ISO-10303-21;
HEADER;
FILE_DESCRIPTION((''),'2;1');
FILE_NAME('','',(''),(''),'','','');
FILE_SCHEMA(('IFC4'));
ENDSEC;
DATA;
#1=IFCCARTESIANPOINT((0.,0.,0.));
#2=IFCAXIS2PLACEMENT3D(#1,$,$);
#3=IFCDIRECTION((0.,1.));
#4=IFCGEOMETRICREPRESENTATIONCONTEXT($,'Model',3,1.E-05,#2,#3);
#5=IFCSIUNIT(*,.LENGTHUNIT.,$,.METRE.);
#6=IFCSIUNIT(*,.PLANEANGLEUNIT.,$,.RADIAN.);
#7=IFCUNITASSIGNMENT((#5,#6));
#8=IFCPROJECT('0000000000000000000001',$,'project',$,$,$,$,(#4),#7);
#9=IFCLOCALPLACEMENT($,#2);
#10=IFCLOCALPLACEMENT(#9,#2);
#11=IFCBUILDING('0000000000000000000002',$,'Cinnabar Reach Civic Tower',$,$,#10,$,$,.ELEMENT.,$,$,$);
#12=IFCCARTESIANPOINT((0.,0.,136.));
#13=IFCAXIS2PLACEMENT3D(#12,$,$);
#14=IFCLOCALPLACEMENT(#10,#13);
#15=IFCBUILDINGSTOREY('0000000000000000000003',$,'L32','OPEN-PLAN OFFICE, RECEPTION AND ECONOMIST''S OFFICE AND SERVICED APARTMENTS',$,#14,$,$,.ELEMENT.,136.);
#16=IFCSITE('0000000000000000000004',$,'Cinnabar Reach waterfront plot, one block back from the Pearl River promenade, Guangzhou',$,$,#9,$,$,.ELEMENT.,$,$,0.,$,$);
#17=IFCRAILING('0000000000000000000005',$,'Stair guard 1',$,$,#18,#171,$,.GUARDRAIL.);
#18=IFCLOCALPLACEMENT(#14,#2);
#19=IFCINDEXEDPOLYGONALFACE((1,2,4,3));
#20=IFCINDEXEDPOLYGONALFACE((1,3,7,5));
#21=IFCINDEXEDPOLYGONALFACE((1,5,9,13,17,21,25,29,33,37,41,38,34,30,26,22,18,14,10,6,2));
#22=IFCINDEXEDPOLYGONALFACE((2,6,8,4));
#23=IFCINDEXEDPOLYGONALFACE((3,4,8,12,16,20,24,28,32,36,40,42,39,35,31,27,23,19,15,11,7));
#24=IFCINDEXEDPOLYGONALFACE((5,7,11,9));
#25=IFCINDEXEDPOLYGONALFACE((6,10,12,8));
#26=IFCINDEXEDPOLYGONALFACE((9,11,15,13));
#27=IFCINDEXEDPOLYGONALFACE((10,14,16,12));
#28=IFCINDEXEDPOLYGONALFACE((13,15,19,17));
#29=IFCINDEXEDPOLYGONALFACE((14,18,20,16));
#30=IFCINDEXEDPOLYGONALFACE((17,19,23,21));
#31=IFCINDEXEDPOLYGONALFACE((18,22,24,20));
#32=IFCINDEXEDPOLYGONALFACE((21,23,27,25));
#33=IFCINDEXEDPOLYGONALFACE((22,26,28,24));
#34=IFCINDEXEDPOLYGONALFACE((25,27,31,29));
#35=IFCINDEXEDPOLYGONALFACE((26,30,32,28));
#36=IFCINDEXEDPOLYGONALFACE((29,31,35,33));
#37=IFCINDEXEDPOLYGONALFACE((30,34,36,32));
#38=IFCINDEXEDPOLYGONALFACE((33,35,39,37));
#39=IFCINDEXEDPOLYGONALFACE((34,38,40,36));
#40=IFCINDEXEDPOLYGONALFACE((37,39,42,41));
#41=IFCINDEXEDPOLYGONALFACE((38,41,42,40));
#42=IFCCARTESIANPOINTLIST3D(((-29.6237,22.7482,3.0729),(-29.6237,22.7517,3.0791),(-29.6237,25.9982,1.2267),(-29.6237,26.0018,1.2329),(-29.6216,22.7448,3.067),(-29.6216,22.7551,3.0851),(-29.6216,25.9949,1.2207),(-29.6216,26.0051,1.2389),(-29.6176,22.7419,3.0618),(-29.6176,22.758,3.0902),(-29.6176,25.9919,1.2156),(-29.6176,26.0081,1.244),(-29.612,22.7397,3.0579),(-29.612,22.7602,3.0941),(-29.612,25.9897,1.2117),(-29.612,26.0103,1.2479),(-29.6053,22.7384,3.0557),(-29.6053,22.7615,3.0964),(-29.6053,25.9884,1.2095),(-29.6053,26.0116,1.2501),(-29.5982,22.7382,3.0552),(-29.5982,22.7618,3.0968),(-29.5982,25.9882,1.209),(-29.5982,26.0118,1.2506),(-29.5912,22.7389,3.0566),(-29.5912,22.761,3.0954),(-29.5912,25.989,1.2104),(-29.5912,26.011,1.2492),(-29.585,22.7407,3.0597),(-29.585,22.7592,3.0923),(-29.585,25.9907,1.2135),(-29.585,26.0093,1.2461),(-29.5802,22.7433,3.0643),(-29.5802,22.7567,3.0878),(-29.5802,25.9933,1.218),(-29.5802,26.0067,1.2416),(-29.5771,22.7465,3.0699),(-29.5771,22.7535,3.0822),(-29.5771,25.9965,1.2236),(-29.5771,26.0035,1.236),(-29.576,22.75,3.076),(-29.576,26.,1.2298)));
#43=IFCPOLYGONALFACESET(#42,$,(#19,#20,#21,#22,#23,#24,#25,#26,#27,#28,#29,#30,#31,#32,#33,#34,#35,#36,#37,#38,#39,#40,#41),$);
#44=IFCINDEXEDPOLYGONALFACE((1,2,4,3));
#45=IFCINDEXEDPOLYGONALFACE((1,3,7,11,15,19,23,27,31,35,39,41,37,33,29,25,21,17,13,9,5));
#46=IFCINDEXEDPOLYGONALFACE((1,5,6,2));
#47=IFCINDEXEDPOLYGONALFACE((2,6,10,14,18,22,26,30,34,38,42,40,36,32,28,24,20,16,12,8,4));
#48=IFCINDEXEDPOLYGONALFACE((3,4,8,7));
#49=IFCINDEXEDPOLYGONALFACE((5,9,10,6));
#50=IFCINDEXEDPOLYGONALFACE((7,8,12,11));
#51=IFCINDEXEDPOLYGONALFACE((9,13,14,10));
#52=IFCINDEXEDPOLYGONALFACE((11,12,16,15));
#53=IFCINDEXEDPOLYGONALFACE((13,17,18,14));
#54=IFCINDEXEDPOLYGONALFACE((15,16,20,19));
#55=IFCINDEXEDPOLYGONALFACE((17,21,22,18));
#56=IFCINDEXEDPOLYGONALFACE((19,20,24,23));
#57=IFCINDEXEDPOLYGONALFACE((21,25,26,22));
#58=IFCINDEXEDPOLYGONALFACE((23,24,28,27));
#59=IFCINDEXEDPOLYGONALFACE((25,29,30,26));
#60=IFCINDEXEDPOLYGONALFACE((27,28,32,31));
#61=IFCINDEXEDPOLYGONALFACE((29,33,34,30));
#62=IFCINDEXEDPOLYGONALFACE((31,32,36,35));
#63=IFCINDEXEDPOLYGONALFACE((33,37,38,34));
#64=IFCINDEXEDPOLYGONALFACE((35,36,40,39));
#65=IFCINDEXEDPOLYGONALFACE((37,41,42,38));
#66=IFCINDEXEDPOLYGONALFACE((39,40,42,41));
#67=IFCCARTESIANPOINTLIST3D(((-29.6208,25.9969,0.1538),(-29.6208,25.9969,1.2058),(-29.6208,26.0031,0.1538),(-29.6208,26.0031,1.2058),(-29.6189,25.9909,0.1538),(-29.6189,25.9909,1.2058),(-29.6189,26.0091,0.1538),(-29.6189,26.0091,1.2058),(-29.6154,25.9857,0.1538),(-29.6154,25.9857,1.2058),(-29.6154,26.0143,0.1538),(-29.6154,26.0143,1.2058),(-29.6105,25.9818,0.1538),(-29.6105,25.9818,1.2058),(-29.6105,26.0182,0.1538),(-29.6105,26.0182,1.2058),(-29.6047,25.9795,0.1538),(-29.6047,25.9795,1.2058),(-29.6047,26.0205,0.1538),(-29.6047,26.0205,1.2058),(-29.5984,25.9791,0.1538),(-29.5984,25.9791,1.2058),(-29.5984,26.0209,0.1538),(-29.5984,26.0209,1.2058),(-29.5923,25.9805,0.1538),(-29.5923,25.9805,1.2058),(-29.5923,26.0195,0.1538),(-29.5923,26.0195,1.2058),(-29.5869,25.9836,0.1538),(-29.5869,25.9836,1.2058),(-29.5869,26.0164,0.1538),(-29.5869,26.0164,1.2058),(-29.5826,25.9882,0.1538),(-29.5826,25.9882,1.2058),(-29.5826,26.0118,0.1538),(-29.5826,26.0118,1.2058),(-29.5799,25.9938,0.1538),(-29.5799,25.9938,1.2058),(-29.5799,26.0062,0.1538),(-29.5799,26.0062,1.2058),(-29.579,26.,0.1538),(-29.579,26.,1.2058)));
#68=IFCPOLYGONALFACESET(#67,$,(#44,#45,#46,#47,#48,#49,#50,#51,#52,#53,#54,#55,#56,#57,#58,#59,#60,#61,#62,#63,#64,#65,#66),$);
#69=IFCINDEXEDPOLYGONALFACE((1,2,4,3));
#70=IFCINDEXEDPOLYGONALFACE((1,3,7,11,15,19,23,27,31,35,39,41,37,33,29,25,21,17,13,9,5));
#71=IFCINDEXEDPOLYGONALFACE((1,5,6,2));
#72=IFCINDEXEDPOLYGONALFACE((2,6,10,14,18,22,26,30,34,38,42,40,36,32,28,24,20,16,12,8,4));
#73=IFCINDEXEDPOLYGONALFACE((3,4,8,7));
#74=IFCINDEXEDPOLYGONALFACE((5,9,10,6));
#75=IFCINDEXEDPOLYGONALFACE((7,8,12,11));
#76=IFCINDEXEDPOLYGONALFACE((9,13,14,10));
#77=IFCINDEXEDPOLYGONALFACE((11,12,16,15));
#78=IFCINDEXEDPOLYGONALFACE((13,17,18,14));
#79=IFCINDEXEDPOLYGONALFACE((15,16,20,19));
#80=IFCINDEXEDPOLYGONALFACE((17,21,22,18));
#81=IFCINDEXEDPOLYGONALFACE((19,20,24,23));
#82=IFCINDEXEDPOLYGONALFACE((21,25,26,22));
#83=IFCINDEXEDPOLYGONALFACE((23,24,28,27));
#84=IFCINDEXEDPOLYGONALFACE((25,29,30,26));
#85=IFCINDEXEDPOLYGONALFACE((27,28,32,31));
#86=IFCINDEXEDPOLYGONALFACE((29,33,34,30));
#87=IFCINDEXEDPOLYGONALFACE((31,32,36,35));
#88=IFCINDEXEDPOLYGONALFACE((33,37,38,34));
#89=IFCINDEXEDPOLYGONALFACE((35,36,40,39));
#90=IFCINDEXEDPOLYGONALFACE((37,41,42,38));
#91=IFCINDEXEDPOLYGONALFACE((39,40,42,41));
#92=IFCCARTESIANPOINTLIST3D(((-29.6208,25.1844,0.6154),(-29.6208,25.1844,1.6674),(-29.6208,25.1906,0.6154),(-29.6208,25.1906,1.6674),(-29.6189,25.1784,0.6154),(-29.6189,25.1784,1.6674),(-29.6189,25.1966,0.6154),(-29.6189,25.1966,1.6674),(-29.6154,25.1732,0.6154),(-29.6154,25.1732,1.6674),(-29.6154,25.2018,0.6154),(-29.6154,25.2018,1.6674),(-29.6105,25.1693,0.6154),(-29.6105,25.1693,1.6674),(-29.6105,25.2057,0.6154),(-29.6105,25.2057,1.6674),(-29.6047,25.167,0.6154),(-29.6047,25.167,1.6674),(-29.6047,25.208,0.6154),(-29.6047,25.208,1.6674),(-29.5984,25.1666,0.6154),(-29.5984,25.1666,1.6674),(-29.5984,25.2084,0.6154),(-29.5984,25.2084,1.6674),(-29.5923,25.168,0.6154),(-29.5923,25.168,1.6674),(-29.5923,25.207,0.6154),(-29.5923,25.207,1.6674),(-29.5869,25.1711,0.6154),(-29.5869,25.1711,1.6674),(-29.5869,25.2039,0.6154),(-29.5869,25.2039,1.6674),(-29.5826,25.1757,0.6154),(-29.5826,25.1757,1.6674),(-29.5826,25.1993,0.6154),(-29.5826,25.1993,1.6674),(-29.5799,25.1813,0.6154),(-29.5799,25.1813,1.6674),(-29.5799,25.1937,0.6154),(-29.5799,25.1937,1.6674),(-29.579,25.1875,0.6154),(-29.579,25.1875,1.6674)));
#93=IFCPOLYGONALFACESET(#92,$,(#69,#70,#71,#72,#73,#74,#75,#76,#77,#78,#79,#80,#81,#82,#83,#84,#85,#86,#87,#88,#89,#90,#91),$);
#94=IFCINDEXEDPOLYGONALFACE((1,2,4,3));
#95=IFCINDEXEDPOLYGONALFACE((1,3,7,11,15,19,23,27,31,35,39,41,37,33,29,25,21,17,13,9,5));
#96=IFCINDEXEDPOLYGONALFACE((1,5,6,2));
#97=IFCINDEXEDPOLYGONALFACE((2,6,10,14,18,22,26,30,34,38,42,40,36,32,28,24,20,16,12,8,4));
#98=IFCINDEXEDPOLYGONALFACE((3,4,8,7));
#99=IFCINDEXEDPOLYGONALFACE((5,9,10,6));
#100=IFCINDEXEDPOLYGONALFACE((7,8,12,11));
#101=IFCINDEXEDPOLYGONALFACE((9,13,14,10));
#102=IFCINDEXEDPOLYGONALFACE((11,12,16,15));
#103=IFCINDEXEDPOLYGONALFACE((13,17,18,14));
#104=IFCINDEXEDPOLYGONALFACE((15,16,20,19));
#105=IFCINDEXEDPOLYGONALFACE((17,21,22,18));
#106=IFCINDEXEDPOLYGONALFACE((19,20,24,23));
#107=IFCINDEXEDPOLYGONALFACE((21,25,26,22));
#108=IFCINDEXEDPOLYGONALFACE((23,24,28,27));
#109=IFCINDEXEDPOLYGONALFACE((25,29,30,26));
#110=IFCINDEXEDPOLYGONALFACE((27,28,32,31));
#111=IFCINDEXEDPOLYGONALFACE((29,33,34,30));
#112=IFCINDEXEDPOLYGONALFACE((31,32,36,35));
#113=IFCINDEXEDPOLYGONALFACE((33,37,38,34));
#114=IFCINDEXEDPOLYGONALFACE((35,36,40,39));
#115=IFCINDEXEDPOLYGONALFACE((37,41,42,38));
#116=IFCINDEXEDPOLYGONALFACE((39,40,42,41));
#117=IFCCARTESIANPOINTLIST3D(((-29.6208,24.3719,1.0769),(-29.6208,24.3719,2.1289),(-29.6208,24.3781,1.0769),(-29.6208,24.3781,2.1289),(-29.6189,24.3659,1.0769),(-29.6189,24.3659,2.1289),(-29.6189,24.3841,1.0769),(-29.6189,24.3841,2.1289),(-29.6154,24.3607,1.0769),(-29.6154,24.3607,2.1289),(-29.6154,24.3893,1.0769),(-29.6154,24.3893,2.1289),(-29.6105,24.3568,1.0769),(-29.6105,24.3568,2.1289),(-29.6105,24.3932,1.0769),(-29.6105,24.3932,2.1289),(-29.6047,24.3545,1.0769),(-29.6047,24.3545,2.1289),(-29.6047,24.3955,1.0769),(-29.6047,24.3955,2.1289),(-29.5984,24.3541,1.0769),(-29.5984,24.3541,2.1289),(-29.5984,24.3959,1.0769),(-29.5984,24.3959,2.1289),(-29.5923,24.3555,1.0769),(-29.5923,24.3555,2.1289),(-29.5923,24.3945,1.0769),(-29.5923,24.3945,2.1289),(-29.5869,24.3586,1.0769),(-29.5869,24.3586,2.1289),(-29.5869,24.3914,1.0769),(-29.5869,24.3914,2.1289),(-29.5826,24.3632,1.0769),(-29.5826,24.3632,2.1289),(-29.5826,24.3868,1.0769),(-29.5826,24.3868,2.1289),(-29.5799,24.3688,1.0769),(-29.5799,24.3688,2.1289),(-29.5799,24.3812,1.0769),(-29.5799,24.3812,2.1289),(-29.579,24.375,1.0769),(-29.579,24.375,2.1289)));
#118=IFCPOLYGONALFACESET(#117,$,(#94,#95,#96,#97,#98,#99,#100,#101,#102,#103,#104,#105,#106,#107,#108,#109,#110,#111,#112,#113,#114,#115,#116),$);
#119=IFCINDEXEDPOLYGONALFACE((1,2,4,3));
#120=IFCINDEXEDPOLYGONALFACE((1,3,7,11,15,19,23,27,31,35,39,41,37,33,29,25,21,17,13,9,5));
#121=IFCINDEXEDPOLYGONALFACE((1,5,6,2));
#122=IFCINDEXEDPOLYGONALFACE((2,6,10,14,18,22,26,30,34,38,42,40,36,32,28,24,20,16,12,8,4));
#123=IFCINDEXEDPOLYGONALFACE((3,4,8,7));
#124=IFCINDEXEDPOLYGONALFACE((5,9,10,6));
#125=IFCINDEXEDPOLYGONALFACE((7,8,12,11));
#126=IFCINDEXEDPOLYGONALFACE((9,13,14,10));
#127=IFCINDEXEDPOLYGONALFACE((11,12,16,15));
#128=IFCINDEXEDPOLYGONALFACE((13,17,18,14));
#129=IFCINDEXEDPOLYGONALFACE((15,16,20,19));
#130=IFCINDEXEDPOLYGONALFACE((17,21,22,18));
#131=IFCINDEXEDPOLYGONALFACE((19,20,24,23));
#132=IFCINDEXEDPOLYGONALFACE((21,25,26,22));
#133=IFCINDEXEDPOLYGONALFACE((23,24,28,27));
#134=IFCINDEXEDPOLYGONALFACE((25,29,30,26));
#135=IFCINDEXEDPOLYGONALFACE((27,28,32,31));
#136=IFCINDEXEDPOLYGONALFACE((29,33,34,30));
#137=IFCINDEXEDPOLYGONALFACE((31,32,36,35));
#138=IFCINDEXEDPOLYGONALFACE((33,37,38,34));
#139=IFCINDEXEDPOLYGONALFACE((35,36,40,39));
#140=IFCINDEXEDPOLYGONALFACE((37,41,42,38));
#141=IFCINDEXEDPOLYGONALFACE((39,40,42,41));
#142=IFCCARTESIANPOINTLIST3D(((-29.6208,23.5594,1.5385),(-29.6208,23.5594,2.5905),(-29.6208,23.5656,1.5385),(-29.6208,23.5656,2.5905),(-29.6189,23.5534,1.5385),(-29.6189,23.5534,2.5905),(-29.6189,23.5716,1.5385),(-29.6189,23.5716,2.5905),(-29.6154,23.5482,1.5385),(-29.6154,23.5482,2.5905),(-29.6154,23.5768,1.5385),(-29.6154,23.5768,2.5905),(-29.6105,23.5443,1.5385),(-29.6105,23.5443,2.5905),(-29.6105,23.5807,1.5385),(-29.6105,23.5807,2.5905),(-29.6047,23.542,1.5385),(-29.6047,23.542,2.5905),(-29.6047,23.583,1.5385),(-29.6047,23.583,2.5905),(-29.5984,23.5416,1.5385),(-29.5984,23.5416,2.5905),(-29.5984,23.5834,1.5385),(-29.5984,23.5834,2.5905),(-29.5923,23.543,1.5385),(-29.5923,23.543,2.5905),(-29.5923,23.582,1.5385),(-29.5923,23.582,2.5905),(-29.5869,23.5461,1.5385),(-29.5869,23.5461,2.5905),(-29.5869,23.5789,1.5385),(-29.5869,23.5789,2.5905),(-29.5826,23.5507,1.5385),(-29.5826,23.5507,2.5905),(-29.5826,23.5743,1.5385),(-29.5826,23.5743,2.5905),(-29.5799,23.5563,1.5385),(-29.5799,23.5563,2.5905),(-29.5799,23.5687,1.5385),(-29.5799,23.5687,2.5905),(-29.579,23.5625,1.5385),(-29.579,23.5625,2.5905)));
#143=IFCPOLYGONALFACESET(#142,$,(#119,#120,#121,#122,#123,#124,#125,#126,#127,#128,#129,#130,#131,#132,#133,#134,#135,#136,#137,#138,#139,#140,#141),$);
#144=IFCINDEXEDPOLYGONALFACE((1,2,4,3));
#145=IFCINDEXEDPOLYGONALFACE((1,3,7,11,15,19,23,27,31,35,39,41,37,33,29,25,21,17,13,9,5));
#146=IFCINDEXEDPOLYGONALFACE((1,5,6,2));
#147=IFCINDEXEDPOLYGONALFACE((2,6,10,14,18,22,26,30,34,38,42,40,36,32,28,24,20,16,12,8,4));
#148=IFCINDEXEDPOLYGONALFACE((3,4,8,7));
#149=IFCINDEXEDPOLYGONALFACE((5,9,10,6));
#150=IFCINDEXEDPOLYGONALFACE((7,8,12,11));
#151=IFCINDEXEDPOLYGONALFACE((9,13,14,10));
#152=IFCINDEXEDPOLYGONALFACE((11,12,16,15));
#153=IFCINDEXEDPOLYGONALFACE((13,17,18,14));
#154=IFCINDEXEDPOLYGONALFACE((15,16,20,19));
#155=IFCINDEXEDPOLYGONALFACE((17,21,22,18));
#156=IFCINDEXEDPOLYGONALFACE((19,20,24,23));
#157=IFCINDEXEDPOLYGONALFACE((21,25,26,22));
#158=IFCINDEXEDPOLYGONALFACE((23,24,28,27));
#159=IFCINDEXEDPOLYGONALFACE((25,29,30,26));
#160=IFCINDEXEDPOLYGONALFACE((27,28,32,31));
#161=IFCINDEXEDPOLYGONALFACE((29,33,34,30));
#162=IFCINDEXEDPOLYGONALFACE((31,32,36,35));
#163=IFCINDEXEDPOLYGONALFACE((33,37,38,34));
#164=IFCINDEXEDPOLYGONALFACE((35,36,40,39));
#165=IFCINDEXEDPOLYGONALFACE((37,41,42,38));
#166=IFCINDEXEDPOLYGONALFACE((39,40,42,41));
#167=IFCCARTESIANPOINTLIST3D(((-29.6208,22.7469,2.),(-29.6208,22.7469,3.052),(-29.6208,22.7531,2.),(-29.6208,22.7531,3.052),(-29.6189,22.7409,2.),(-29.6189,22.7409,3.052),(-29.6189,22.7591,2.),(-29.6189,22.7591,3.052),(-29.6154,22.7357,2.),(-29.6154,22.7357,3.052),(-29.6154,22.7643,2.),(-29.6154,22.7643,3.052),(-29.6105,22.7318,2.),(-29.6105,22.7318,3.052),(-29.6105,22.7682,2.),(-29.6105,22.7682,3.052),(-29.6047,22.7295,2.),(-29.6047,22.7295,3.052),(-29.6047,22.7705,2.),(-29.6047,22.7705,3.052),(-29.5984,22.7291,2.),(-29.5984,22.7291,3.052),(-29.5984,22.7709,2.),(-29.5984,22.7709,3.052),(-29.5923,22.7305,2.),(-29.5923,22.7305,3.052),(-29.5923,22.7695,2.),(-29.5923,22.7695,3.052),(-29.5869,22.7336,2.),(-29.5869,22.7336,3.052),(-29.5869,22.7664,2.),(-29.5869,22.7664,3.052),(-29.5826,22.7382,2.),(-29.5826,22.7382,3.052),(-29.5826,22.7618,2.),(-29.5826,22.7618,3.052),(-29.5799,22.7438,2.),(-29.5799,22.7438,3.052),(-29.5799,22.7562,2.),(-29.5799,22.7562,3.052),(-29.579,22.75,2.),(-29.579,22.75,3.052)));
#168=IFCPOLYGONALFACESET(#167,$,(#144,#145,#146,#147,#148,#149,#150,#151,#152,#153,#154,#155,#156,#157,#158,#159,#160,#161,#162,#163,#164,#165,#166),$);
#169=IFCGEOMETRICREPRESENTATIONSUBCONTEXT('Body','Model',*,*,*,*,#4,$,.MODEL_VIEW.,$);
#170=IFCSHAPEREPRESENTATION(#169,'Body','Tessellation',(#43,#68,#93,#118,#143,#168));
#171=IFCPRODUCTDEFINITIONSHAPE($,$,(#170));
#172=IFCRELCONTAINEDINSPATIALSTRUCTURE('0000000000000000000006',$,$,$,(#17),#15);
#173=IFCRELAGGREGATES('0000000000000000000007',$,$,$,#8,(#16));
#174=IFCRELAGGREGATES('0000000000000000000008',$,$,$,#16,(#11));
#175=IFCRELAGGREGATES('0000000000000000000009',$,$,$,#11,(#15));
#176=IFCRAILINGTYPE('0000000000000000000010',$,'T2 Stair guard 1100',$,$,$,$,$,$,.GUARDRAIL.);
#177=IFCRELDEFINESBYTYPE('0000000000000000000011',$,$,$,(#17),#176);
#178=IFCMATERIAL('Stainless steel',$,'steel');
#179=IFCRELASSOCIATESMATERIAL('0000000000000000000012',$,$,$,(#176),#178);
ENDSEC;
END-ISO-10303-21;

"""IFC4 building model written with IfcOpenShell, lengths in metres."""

from ifc_helpers import new_model, si_unit, direction, frame, origin, origin_2d, place, context, subcontext, project, spatial, circle, extrude, material, type_object, element, save


model = new_model("IFC4")

# Units and contexts
model_context = context("Model", 3, precision=1e-05, world=origin(), true_north=direction((0.0, 1.0)))
body_context = subcontext(model_context, "Body", "Model", "MODEL_VIEW")
ifc_project = project(units=[si_unit("LENGTHUNIT", "METRE"), si_unit("PLANEANGLEUNIT", "RADIAN")], contexts=[model_context])

# Site, building, storey
site_placement = place(None, origin())
site = spatial("IfcSite", under=ifc_project, at=site_placement, Name="Cinnabar Reach waterfront plot, one block back from the Pearl River promenade, Guangzhou", CompositionType="ELEMENT", RefElevation=0.0)
building_placement = place(site_placement, origin())
building = spatial("IfcBuilding", under=site, at=building_placement, Name="Cinnabar Reach Civic Tower", CompositionType="ELEMENT")
storey_placement = place(building_placement, frame((0.0, 0.0, 136.0)))
storey = spatial("IfcBuildingStorey", under=building, at=storey_placement, Name="L32", Description="OPEN-PLAN OFFICE, RECEPTION AND ECONOMIST'S OFFICE AND SERVICED APARTMENTS", CompositionType="ELEMENT", Elevation=136.0)

# Railing
ifc_material_1 = material(Name="Stainless steel", Category="steel")
railing_type = type_object("IfcRailingType", Name="T2 Stair guard 1100", PredefinedType="GUARDRAIL", material=ifc_material_1)
railing_1_placement = place(storey_placement, frame((-29.6, 26.0, 0.1538)))
element("IfcRailing", 1, at=railing_1_placement, inside=storey, type_object=railing_type, Name="Stair guard 1", PredefinedType="GUARDRAIL", context=body_context, shape_type="SweptSolid", body=[
    extrude(circle(Radius=0.024, at=origin_2d()), frame((0.0, 0.0, 1.076), z_axis=(0.0, -0.869501, 0.49393), x_axis=(1.0, 0.0, 0.0)), (0.0, 0.0, 1.0), 3.7378),
    extrude(circle(Radius=0.021, at=origin_2d()), origin(), (0.0, 0.0, 1.0), 1.052),
    extrude(circle(Radius=0.021, at=origin_2d()), frame((0.0, -0.8125, 0.4616)), (0.0, 0.0, 1.0), 1.052),
    extrude(circle(Radius=0.021, at=origin_2d()), frame((0.0, -1.625, 0.9231)), (0.0, 0.0, 1.0), 1.052),
    extrude(circle(Radius=0.021, at=origin_2d()), frame((0.0, -2.4375, 1.3847)), (0.0, 0.0, 1.0), 1.052),
    extrude(circle(Radius=0.021, at=origin_2d()), frame((0.0, -3.25, 1.8462)), (0.0, 0.0, 1.0), 1.052),
])

save(model, "model.ifc")
